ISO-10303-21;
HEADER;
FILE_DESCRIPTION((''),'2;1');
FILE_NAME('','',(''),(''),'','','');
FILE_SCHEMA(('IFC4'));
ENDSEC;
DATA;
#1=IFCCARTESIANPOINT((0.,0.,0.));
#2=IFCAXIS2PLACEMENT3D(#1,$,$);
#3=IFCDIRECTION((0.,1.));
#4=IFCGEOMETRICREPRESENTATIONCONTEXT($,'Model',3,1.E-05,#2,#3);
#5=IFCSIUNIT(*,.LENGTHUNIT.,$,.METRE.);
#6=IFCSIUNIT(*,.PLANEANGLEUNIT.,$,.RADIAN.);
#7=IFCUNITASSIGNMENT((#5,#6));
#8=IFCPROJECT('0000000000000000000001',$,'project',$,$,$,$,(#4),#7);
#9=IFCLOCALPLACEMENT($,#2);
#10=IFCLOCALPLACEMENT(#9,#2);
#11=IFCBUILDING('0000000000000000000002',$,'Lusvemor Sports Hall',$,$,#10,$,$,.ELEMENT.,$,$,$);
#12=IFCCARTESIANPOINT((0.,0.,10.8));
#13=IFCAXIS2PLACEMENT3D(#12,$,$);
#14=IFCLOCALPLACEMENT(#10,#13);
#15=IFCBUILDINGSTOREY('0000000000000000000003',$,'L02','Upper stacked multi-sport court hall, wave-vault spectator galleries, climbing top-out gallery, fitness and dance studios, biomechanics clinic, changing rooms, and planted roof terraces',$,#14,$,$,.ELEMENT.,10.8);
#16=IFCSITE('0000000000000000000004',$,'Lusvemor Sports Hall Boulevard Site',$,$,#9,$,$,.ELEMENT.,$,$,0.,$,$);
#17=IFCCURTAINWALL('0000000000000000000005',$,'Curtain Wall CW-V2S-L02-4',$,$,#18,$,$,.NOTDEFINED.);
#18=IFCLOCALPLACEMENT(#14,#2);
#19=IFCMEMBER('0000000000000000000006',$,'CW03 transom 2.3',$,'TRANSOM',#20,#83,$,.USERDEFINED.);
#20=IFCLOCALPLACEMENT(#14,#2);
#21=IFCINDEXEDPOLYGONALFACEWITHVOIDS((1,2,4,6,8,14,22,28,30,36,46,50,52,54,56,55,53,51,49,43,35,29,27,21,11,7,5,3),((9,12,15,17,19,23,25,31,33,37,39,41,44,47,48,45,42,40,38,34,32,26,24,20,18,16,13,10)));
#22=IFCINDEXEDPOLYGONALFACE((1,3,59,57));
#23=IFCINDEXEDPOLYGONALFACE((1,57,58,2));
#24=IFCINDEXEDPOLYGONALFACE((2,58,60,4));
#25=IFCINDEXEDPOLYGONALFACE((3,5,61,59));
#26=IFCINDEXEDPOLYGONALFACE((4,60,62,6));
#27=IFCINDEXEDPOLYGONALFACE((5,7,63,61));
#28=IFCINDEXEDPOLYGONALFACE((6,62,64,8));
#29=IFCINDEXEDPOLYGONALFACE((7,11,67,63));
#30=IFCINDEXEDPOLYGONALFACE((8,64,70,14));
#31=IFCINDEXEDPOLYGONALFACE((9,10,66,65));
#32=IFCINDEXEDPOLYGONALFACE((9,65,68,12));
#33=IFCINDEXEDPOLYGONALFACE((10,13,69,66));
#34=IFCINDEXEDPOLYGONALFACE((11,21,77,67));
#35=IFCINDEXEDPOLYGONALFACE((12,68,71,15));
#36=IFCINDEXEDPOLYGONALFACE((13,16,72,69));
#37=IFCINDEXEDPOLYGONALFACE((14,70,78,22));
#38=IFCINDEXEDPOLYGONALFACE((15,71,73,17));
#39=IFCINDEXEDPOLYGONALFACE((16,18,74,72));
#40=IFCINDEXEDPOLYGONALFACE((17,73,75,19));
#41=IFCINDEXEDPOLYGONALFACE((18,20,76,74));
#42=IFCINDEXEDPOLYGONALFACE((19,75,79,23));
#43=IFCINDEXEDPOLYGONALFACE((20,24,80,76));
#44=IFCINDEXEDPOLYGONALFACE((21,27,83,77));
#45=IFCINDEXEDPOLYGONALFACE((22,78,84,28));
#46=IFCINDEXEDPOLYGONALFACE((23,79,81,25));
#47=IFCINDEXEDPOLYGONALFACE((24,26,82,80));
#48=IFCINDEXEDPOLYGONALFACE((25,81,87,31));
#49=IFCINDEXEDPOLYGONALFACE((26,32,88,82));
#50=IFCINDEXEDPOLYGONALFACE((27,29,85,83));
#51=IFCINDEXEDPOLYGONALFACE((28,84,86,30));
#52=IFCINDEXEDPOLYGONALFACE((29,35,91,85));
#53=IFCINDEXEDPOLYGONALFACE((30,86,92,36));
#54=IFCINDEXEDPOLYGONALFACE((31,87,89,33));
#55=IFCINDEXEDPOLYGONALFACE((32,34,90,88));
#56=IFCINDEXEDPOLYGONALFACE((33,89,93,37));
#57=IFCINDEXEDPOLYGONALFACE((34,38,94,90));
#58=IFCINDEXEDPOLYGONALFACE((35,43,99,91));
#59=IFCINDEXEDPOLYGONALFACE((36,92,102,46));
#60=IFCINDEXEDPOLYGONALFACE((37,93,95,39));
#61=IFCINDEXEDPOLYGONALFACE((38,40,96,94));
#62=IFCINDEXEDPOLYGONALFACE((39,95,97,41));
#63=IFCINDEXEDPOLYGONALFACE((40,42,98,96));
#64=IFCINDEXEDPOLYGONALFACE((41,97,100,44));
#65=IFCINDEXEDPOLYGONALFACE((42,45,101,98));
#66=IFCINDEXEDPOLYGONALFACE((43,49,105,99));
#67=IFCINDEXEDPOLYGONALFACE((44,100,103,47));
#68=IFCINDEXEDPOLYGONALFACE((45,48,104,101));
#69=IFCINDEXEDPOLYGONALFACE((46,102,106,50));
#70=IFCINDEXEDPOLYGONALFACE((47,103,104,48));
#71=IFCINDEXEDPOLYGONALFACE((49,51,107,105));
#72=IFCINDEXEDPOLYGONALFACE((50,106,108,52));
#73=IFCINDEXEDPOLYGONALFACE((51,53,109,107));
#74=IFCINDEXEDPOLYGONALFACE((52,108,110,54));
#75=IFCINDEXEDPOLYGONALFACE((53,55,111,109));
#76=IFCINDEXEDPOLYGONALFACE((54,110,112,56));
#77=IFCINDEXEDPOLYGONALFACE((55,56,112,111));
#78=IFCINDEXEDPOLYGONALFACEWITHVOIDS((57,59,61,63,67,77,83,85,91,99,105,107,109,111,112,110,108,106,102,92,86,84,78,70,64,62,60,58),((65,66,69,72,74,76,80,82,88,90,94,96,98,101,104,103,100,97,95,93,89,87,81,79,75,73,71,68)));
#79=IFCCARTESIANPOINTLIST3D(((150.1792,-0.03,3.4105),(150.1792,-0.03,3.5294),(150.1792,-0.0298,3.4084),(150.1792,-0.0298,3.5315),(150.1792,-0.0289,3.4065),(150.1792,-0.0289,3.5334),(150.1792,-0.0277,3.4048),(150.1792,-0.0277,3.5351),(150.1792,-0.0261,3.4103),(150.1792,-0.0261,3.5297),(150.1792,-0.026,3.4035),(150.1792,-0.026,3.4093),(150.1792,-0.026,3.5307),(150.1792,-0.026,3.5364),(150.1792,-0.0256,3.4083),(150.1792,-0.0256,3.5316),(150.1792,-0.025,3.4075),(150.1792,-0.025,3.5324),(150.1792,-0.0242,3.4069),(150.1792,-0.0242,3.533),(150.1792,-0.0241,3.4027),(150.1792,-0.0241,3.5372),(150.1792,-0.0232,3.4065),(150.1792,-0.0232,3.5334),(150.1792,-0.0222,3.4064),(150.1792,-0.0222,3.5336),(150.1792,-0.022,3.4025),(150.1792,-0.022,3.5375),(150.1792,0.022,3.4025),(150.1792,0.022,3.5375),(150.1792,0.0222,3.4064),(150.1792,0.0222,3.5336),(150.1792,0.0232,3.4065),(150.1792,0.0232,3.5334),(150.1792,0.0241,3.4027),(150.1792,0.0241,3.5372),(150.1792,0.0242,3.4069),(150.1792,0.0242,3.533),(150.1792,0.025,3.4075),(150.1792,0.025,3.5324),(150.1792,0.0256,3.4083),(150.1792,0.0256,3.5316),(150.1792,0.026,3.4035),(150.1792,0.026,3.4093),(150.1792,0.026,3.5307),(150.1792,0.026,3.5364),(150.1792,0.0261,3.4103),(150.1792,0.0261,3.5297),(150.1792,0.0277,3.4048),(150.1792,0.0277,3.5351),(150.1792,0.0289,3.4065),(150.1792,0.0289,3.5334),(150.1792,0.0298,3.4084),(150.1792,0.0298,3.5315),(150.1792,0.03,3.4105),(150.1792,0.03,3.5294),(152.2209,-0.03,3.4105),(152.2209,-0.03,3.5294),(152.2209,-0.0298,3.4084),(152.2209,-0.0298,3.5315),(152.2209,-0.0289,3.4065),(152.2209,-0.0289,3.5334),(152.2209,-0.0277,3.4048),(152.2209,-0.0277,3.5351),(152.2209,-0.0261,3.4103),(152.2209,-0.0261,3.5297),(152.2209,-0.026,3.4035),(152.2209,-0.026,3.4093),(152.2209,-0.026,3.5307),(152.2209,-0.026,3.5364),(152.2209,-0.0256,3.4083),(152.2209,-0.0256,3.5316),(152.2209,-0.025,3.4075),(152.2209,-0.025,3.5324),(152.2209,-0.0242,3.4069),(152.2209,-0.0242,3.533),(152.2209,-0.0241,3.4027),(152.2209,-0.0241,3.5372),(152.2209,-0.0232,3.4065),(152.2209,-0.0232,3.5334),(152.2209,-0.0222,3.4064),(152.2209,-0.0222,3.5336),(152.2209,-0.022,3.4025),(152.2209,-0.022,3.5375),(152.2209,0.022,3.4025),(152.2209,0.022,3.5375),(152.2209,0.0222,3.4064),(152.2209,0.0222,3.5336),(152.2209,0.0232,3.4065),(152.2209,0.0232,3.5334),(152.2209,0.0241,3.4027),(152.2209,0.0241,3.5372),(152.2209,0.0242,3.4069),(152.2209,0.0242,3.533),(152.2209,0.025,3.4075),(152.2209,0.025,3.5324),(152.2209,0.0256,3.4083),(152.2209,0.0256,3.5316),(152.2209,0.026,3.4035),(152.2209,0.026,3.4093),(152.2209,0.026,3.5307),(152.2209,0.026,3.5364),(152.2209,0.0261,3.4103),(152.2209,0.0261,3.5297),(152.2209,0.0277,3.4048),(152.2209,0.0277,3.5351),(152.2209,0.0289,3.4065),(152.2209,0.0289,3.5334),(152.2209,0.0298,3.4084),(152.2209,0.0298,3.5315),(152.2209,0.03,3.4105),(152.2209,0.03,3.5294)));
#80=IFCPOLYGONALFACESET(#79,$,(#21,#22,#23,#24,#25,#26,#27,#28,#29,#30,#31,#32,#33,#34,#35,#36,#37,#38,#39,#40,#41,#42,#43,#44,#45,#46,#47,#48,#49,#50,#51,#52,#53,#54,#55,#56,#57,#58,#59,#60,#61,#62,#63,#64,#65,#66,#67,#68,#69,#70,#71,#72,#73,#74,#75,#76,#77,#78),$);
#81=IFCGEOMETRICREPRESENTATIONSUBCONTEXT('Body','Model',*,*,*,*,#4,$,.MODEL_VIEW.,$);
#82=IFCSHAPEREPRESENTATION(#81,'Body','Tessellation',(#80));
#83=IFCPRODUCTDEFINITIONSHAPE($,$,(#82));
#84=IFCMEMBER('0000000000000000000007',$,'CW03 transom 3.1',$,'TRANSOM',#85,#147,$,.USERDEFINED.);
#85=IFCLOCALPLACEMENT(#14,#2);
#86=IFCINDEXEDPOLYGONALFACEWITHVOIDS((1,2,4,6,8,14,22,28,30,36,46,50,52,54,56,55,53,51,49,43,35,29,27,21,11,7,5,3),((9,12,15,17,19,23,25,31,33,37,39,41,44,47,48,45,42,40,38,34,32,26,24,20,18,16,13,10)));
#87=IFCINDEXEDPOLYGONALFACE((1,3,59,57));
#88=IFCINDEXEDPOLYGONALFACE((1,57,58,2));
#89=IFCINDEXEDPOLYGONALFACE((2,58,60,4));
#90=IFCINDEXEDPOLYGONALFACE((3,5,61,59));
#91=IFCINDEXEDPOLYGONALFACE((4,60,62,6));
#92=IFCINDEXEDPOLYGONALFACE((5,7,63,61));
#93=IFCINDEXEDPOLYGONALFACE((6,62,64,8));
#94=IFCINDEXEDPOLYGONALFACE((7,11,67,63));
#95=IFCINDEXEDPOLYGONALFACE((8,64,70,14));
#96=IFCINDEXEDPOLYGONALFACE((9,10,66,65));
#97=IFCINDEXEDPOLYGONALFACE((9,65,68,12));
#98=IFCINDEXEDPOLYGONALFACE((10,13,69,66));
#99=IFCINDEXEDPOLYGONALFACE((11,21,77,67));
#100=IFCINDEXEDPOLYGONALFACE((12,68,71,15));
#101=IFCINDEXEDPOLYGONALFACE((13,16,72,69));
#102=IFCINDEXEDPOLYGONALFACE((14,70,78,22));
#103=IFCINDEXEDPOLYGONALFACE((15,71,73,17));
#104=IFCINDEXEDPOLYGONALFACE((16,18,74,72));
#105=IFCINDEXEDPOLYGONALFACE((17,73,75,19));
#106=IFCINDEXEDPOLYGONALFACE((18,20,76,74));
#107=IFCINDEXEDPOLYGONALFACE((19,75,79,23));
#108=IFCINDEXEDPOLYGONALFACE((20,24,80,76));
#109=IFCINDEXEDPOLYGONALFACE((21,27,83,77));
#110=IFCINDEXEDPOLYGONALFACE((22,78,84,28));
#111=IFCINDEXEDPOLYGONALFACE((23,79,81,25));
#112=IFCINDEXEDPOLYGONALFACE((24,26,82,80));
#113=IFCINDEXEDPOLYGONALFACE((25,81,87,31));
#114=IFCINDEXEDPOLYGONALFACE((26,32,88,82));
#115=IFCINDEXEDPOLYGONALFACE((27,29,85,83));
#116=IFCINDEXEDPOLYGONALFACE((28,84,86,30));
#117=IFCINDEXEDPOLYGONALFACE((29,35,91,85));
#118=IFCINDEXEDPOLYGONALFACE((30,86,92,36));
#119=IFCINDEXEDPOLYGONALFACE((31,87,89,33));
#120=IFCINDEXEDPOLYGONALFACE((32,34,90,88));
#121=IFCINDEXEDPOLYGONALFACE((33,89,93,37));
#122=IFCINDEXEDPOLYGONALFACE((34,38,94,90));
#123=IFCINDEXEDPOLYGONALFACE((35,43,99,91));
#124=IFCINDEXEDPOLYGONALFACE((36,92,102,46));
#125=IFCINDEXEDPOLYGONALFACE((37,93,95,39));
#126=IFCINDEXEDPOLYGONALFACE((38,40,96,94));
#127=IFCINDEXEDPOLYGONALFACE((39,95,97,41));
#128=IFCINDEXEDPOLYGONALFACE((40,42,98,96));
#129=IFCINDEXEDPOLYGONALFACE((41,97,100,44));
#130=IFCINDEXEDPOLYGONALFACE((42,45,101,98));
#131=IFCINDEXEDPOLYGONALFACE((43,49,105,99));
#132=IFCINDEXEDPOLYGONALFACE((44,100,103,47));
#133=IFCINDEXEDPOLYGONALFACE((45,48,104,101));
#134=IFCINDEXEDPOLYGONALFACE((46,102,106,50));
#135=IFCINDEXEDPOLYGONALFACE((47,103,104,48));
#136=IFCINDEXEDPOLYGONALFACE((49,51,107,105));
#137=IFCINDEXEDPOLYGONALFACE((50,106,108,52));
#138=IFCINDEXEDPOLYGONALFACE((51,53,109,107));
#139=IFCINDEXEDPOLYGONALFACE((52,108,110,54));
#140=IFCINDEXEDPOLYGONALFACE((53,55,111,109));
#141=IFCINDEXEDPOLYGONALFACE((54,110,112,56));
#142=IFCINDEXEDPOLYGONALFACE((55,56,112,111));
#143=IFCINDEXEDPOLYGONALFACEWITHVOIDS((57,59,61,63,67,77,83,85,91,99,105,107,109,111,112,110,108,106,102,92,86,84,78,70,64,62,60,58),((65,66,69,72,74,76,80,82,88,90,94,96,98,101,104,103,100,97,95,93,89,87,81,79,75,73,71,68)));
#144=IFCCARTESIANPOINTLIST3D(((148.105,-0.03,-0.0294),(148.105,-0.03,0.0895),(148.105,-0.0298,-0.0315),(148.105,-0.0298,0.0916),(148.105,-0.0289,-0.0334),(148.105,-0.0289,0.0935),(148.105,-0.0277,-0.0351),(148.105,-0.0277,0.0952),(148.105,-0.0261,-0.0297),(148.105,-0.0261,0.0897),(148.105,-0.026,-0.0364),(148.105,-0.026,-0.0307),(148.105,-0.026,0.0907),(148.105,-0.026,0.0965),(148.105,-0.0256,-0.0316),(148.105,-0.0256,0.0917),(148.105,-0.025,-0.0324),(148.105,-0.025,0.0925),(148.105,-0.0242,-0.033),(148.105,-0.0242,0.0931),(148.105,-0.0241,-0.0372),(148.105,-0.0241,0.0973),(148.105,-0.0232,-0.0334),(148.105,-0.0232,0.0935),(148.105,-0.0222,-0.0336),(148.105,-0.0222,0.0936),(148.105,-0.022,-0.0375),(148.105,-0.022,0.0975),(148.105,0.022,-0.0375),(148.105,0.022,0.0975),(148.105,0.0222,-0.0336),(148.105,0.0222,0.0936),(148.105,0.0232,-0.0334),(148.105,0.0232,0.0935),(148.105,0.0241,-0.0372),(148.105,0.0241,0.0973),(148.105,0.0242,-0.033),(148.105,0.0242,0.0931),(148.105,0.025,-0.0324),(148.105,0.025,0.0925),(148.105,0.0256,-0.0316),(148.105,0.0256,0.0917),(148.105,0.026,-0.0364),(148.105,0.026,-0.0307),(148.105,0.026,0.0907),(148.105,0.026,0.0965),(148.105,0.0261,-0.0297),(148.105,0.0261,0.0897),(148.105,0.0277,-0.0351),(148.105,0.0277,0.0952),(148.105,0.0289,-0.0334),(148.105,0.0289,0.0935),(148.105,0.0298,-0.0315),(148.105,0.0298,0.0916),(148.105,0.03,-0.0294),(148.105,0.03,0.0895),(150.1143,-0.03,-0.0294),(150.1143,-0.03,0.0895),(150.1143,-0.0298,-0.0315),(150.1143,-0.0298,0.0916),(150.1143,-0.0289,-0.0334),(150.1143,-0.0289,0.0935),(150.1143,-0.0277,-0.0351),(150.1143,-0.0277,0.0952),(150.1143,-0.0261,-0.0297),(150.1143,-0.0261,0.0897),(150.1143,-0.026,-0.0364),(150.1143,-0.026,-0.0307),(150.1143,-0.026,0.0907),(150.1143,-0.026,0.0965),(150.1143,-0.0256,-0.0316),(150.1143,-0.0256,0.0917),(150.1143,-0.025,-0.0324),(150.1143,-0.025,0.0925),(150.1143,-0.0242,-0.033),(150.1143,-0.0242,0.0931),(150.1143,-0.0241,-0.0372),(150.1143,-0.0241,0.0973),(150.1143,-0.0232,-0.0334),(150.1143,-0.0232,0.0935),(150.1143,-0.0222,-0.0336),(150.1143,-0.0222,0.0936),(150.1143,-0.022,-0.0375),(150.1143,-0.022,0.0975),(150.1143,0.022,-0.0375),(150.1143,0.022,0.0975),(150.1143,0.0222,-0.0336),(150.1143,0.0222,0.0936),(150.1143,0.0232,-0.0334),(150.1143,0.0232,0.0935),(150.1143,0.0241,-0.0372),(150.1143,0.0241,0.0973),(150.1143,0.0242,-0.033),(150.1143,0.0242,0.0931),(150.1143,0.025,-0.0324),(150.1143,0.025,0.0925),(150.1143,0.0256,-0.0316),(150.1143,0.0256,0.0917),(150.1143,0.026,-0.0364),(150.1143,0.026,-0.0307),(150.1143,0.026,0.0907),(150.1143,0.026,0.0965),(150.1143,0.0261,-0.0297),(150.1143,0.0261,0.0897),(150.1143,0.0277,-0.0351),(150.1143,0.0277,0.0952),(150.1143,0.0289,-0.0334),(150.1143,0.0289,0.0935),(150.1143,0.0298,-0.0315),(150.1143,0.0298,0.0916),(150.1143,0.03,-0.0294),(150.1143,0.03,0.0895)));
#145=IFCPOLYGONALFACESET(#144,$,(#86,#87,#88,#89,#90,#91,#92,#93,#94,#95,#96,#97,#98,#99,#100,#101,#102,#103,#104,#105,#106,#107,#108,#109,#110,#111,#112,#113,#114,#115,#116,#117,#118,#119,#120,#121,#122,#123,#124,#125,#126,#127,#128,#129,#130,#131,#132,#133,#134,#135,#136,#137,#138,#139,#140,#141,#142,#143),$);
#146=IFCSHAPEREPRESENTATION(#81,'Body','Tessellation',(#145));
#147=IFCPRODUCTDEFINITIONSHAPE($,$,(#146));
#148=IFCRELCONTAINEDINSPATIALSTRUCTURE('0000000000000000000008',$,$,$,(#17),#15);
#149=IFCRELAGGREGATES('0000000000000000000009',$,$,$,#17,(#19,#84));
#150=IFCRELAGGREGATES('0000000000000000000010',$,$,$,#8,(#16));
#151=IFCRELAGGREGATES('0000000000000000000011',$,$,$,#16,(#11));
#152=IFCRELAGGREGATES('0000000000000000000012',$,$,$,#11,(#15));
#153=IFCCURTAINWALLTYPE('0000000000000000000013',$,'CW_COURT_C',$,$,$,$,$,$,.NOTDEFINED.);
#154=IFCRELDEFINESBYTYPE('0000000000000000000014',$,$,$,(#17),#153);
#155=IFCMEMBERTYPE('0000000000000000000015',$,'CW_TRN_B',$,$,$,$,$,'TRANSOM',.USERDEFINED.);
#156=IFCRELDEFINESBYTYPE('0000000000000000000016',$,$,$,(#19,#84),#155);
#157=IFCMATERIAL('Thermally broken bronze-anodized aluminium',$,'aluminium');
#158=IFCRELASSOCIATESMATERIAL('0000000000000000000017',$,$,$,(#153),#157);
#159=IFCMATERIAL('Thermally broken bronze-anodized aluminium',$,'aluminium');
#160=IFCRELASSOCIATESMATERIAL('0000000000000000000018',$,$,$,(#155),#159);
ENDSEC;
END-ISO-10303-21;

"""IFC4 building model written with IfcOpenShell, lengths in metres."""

from ifc_helpers import new_model, si_unit, direction, frame, origin, origin_2d, place, context, subcontext, project, spatial, hollow_rectangle, extrude, material, material_profile, profile_set, type_object, element, aggregate, save


model = new_model("IFC4")

# Units and contexts
model_context = context("Model", 3, precision=1e-05, world=origin(), true_north=direction((0.0, 1.0)))
body_context = subcontext(model_context, "Body", "Model", "MODEL_VIEW")
ifc_project = project(units=[si_unit("LENGTHUNIT", "METRE"), si_unit("PLANEANGLEUNIT", "RADIAN")], contexts=[model_context])

# Site, building, storey
site_placement = place(None, origin())
site = spatial("IfcSite", under=ifc_project, at=site_placement, Name="Lusvemor Sports Hall Boulevard Site", CompositionType="ELEMENT", RefElevation=0.0)
building_placement = place(site_placement, origin())
building = spatial("IfcBuilding", under=site, at=building_placement, Name="Lusvemor Sports Hall", CompositionType="ELEMENT")
storey_placement = place(building_placement, frame((0.0, 0.0, 10.8)))
storey = spatial("IfcBuildingStorey", under=building, at=storey_placement, Name="L02", Description="Upper stacked multi-sport court hall, wave-vault spectator galleries, climbing top-out gallery, fitness and dance studios, biomechanics clinic, changing rooms, and planted roof terraces", CompositionType="ELEMENT", Elevation=10.8)

# Shared definitions
ifc_material_1 = material(Name="Thermally broken bronze-anodized aluminium", Category="aluminium")
curtain_wall_type = type_object("IfcCurtainWallType", Name="CW_COURT_C", PredefinedType="NOTDEFINED", material=ifc_material_1)

# Curtain wall, members
curtain_wall_1_placement = place(storey_placement, origin())
curtain_wall_1 = element("IfcCurtainWall", 1, at=curtain_wall_1_placement, inside=storey, type_object=curtain_wall_type, Name="Curtain Wall CW-V2S-L02-4", PredefinedType="NOTDEFINED")
ifc_material_2 = material(Name="Thermally broken bronze-anodized aluminium", Category="aluminium")
ifc_material_profile_1 = material_profile(ifc_material_2, hollow_rectangle(XDim=0.0601, YDim=0.135, WallThickness=0.0039, InnerFilletRadius=0.0039, OuterFilletRadius=0.0081, at=origin_2d()), Name="CWTRN135x60x4")
ifc_profile_set_1 = profile_set([ifc_material_profile_1], Name="Thermally broken bronze-anodized aluminium")
member_type_1 = type_object("IfcMemberType", Name="CW_TRN_B", ElementType="TRANSOM", PredefinedType="USERDEFINED", material=ifc_profile_set_1)
member_1_placement = place(storey_placement, frame((152.2209, 0.0, 3.47), z_axis=(-1.0, 0.0, 0.0), x_axis=(0.0, -1.0, 0.0)))
member_1 = element("IfcMember", 2, at=member_1_placement, type_object=member_type_1, Name="CW03 transom 2.3", ObjectType="TRANSOM", PredefinedType="USERDEFINED", context=body_context, shape_type="SweptSolid", body=[
    extrude(hollow_rectangle(XDim=0.0601, YDim=0.135, WallThickness=0.0039, InnerFilletRadius=0.0039, OuterFilletRadius=0.0081, at=origin_2d()), origin(), (0.0, 0.0, 1.0), 2.0417),
])
member_2_placement = place(storey_placement, frame((150.1143, 0.0, 0.03), z_axis=(-1.0, 0.0, 0.0), x_axis=(0.0, -1.0, 0.0)))
member_2 = element("IfcMember", 3, at=member_2_placement, type_object=member_type_1, Name="CW03 transom 3.1", ObjectType="TRANSOM", PredefinedType="USERDEFINED", context=body_context, shape_type="SweptSolid", body=[
    extrude(hollow_rectangle(XDim=0.0601, YDim=0.135, WallThickness=0.0039, InnerFilletRadius=0.0039, OuterFilletRadius=0.0081, at=origin_2d()), origin(), (0.0, 0.0, 1.0), 2.0093),
])

aggregate(curtain_wall_1, [member_1, member_2])

save(model, "model.ifc")
